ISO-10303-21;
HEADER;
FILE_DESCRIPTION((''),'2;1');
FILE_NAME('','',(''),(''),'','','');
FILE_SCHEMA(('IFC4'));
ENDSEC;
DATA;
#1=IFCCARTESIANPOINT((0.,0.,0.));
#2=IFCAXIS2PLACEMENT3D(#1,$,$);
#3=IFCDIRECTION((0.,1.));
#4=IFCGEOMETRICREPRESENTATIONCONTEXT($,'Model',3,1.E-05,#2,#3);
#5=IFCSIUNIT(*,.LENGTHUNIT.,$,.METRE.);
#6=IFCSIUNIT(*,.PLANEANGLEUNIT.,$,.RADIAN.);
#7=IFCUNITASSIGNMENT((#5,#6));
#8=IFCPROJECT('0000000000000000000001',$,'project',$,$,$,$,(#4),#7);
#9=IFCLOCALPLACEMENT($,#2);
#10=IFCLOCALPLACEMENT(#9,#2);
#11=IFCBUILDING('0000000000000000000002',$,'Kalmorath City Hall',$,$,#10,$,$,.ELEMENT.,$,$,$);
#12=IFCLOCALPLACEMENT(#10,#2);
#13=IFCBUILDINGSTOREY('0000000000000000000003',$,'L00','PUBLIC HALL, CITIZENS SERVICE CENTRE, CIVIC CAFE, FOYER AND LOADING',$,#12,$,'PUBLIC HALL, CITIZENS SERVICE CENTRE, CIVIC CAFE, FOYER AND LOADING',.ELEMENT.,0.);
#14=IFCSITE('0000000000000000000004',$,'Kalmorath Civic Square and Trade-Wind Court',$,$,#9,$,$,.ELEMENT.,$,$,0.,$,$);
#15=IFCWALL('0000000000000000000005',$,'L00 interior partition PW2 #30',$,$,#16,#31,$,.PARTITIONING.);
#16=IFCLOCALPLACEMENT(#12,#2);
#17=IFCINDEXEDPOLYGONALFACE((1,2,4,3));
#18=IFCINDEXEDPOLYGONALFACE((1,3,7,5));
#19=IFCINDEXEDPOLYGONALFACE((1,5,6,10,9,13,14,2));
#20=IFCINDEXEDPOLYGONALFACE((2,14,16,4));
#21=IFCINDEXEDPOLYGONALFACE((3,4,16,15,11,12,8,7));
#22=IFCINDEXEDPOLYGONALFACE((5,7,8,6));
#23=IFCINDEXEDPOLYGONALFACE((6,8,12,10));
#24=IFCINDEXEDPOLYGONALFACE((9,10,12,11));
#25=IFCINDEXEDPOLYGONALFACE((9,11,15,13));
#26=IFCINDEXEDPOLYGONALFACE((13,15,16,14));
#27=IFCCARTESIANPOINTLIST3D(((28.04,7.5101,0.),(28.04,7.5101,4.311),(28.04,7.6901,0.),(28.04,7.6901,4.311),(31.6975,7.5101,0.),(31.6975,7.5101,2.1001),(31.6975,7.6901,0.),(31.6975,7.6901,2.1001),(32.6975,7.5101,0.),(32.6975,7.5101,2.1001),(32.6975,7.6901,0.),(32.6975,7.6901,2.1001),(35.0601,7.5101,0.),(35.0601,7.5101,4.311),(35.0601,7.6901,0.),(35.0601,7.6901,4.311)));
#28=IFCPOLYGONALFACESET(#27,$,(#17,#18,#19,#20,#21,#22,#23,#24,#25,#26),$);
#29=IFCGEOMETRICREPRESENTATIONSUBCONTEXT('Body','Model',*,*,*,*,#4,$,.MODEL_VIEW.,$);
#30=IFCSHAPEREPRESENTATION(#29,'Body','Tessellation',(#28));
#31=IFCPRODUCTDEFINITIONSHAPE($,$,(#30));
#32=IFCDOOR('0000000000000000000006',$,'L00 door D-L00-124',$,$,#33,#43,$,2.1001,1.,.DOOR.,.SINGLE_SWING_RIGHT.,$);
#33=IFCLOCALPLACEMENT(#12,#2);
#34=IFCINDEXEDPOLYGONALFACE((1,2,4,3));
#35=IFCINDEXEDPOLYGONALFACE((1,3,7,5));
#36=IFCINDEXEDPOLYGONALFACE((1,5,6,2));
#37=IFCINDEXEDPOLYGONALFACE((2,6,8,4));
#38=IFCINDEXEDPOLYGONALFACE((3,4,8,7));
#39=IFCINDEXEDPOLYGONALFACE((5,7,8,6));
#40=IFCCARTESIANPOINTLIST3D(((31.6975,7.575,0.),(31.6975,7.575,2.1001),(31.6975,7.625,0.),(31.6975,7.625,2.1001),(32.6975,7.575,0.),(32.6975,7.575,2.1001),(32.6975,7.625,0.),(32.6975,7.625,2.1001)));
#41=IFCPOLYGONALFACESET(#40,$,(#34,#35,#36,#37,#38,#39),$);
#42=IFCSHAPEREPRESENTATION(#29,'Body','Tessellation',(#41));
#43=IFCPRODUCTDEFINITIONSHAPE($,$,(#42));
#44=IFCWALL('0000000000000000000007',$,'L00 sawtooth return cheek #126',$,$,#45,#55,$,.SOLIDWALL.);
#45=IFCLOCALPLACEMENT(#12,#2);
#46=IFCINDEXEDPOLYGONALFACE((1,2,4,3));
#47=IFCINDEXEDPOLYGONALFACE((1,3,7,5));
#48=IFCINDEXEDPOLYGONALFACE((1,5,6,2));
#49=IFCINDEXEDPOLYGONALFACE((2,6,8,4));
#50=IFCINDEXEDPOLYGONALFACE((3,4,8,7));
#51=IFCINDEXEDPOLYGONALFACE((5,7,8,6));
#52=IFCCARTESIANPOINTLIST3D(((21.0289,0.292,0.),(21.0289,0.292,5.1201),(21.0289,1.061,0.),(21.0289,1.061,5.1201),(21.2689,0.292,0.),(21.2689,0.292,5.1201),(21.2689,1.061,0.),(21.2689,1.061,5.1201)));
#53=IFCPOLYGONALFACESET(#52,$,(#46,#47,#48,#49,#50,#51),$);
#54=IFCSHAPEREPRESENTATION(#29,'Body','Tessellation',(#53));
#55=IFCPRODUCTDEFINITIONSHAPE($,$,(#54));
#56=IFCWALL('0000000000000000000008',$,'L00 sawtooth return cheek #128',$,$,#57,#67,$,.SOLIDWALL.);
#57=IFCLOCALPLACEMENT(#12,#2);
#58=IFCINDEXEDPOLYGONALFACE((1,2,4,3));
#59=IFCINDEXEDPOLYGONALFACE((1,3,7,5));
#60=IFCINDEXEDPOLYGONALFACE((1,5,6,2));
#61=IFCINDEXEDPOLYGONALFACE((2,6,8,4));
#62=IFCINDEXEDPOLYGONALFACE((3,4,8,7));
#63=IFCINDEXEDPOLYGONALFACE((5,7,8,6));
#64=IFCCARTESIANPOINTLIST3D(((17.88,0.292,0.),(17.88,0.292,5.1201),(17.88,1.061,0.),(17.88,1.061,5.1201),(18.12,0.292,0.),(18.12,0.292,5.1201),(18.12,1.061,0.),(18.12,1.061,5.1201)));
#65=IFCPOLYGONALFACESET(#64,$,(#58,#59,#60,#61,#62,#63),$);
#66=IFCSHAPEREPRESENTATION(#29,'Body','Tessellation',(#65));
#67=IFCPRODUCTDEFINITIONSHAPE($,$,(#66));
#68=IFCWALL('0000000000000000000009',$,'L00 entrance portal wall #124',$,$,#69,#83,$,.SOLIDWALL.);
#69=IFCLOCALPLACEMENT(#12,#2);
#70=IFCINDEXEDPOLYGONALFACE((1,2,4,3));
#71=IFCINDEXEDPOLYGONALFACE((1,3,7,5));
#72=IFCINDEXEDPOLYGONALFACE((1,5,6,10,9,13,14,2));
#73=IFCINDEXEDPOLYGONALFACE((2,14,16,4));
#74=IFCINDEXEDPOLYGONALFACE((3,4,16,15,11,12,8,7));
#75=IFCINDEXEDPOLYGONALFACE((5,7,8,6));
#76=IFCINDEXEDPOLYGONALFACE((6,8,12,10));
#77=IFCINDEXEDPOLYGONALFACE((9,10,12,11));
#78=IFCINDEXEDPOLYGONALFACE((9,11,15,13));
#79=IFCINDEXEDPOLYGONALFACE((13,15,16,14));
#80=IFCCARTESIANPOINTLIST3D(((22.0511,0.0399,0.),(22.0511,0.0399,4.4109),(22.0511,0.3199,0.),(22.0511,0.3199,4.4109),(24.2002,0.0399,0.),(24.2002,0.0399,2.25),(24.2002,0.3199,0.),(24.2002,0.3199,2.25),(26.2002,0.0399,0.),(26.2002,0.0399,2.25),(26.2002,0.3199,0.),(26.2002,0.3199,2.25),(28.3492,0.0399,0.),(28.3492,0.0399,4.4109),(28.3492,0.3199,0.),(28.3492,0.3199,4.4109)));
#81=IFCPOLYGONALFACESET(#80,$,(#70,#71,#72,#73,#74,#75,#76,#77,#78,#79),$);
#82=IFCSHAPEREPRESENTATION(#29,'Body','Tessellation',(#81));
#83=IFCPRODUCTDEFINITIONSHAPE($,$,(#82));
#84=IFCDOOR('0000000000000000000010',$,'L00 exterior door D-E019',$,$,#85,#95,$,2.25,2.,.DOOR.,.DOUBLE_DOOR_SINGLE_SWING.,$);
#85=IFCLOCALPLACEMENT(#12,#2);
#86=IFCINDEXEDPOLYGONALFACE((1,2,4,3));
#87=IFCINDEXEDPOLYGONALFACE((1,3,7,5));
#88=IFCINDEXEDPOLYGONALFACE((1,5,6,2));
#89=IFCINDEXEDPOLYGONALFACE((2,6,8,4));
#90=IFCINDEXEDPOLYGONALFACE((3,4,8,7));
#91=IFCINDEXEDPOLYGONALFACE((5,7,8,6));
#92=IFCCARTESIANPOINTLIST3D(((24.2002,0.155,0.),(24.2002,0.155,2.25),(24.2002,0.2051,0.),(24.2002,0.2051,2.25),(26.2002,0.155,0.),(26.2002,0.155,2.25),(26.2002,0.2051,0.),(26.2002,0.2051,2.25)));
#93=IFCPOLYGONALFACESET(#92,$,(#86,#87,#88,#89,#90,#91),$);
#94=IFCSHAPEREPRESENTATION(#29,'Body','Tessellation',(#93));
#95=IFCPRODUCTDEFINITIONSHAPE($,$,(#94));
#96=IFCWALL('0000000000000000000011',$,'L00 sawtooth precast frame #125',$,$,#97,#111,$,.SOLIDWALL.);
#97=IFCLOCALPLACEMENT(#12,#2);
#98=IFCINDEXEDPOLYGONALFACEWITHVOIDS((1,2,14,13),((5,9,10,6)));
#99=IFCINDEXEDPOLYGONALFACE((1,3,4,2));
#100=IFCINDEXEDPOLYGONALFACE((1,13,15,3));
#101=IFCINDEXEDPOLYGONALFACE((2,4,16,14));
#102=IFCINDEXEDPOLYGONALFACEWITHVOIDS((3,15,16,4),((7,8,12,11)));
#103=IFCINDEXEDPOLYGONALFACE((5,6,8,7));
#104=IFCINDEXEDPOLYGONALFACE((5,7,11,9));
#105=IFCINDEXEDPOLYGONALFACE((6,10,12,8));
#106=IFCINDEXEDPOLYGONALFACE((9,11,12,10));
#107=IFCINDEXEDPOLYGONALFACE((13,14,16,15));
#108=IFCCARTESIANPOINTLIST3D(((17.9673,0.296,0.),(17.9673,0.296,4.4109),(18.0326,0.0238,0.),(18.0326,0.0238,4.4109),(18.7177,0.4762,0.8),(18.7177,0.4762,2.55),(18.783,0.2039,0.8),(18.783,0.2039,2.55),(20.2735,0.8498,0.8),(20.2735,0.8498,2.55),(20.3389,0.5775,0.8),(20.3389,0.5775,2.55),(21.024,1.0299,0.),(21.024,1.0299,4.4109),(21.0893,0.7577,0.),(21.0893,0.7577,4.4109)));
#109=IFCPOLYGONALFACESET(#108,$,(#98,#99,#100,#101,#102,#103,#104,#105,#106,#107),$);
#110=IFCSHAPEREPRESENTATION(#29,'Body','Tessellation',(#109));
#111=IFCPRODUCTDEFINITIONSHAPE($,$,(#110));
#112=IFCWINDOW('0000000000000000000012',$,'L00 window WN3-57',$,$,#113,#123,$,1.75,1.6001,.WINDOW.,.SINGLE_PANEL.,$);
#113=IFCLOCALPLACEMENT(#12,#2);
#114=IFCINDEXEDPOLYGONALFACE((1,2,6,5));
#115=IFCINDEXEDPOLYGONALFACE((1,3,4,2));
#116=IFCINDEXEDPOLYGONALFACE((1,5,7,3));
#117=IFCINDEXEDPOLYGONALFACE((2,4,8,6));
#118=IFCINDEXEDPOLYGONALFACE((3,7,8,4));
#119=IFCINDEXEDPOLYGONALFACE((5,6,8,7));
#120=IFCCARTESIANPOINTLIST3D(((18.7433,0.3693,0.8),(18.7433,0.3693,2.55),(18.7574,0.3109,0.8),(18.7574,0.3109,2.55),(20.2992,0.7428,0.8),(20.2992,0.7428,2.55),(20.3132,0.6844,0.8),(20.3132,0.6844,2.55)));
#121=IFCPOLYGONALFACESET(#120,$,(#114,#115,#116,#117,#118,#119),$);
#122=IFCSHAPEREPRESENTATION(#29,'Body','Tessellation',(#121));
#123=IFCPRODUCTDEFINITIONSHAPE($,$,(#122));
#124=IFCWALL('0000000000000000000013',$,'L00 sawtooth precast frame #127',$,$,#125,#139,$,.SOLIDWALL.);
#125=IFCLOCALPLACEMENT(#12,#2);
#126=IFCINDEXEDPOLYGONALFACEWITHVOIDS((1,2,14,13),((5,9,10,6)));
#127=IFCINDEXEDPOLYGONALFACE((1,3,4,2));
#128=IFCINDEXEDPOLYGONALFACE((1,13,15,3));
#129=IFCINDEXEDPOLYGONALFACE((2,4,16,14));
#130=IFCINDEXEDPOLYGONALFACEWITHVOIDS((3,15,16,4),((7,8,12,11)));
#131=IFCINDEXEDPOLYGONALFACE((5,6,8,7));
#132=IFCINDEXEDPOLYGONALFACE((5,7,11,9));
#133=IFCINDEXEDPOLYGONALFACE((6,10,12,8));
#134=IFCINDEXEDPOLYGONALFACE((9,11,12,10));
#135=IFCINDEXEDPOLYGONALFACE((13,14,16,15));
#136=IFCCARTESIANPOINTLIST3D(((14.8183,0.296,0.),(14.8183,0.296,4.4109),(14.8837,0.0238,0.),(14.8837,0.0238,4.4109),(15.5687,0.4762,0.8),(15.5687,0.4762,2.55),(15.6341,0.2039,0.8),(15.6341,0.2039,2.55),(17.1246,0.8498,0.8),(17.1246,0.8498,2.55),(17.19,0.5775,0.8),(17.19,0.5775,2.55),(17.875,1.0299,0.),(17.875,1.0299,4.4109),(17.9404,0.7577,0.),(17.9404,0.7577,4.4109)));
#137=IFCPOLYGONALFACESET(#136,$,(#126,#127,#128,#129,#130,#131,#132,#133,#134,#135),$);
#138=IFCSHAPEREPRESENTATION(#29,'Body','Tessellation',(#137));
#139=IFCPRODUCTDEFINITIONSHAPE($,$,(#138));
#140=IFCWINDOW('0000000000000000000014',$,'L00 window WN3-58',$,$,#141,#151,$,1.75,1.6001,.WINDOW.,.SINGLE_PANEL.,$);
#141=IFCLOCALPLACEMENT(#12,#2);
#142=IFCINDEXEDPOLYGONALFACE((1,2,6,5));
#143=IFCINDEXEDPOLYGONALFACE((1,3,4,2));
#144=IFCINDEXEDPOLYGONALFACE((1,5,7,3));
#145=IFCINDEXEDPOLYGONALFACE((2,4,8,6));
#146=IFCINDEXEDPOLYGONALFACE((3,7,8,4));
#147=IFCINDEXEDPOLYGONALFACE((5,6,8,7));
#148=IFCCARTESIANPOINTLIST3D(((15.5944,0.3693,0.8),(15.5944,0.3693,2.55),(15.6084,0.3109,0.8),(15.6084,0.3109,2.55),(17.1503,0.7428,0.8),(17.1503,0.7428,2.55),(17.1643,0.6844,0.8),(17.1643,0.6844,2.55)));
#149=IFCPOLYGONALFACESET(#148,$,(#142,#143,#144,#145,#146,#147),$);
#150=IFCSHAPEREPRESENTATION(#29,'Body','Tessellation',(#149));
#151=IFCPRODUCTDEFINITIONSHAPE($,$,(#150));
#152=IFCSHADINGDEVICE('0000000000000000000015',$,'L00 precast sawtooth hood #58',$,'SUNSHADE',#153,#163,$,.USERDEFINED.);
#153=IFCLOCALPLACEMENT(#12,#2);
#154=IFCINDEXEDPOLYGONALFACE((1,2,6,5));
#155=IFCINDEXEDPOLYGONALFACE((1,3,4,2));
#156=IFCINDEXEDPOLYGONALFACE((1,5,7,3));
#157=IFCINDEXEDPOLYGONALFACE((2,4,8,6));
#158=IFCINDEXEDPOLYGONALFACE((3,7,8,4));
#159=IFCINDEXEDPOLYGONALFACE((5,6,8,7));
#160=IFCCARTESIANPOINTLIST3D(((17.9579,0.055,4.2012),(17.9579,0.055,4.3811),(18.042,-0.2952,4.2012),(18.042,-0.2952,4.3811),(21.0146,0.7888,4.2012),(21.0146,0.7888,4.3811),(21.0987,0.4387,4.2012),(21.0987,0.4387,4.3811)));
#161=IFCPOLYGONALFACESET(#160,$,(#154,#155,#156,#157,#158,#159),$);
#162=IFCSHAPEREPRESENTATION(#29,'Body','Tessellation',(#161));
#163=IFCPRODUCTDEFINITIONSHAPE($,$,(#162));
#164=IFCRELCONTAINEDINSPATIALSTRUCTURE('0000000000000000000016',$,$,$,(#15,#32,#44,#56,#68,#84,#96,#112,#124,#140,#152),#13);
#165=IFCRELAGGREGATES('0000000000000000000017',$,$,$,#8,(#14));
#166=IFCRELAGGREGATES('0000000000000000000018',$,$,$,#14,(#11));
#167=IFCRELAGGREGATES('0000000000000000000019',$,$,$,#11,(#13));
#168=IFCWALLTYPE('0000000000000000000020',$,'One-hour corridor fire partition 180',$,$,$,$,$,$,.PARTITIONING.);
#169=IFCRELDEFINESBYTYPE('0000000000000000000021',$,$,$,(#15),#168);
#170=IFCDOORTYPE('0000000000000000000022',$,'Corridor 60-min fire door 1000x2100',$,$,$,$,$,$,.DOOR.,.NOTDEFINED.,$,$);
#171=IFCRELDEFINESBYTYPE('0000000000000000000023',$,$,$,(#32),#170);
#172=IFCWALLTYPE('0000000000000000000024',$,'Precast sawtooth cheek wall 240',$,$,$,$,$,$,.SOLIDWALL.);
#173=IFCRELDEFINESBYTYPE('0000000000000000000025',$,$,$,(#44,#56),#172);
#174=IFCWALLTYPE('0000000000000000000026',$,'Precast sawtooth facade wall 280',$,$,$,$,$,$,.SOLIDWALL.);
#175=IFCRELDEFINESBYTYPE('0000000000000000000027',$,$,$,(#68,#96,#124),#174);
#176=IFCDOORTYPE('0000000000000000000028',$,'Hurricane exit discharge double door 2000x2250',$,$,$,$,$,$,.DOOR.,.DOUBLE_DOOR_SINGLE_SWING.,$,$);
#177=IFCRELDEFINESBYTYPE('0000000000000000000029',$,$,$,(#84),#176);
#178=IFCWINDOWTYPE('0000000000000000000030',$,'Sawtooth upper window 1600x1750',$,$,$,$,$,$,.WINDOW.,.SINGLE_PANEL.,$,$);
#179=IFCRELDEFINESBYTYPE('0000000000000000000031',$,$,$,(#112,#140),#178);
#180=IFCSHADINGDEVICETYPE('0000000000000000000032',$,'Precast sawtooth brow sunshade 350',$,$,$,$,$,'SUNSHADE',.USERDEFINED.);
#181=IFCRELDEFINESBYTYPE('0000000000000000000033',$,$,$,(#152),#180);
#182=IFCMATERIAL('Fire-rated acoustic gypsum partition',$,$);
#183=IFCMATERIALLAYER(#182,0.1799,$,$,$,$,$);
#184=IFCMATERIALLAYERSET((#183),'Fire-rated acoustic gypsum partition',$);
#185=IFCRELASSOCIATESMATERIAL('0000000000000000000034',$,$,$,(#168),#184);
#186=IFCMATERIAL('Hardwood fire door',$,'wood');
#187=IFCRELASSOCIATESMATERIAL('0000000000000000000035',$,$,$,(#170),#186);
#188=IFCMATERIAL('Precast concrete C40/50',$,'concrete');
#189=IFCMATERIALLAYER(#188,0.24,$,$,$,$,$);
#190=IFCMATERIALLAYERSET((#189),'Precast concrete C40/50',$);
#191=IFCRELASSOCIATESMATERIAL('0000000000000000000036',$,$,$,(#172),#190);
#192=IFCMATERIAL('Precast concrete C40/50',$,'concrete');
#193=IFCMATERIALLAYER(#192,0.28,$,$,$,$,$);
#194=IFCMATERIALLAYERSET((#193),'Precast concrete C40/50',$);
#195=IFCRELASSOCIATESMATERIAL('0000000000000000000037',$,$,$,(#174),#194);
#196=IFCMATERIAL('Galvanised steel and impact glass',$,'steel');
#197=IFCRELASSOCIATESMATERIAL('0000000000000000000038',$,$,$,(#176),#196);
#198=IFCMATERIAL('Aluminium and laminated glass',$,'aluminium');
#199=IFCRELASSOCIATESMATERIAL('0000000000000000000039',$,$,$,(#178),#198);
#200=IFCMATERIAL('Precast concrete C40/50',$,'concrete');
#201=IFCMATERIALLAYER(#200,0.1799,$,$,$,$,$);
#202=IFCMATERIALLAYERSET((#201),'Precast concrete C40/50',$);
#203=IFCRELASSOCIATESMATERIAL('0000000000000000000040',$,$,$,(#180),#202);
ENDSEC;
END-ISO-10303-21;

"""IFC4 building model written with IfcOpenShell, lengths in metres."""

from ifc_helpers import new_model, si_unit, direction, frame, frame_2d, origin, origin_2d, place, context, subcontext, project, spatial, rectangle, extrude, material, layer, layer_set, type_object, element, fill, save


model = new_model("IFC4")

# Units and contexts
model_context = context("Model", 3, precision=1e-05, world=origin(), true_north=direction((0.0, 1.0)))
body_context = subcontext(model_context, "Body", "Model", "MODEL_VIEW")
ifc_project = project(units=[si_unit("LENGTHUNIT", "METRE"), si_unit("PLANEANGLEUNIT", "RADIAN")], contexts=[model_context])

# Site, building, storey
site_placement = place(None, origin())
site = spatial("IfcSite", under=ifc_project, at=site_placement, Name="Kalmorath Civic Square and Trade-Wind Court", CompositionType="ELEMENT", RefElevation=0.0)
building_placement = place(site_placement, origin())
building = spatial("IfcBuilding", under=site, at=building_placement, Name="Kalmorath City Hall", CompositionType="ELEMENT")
storey_placement = place(building_placement, origin())
storey = spatial("IfcBuildingStorey", under=building, at=storey_placement, Name="L00", Description="PUBLIC HALL, CITIZENS SERVICE CENTRE, CIVIC CAFE, FOYER AND LOADING", LongName="PUBLIC HALL, CITIZENS SERVICE CENTRE, CIVIC CAFE, FOYER AND LOADING", CompositionType="ELEMENT", Elevation=0.0)

# Wall, opening, door
ifc_material_1 = material(Name="Fire-rated acoustic gypsum partition")
ifc_layer_1 = layer(ifc_material_1, 0.1799)
ifc_layer_set_1 = layer_set([ifc_layer_1], Name="Fire-rated acoustic gypsum partition")
wall_type_1 = type_object("IfcWallType", Name="One-hour corridor fire partition 180", PredefinedType="PARTITIONING", material=ifc_layer_set_1)
wall_1_placement = place(storey_placement, frame((28.04, 7.6001, 0.0), z_axis=(0.0, 0.0, 1.0), x_axis=(1.0, 0.0, 0.0)))
wall_1 = element("IfcWall", 1, at=wall_1_placement, inside=storey, type_object=wall_type_1, Name="L00 interior partition PW2 #30", PredefinedType="PARTITIONING", context=body_context, shape_type="SweptSolid", body=[
    extrude(rectangle(XDim=7.02, YDim=0.1799, at=frame_2d((3.51, 0.0))), origin(), (0.0, 0.0, 1.0), 4.311),
])
opening_1_placement = place(wall_1_placement, frame((3.6575, 0.0, 0.0)))
opening_1 = element("IfcOpeningElement", 2, at=opening_1_placement, cuts=wall_1, PredefinedType="OPENING", context=body_context, shape_type="SweptSolid", body=[
    extrude(rectangle(XDim=1.0, YDim=2.1001, at=frame_2d((0.5, 1.05))), frame((0.0, 0.0999, 0.0), z_axis=(0.0, -1.0, 0.0), x_axis=(1.0, 0.0, 0.0)), (0.0, 0.0, 1.0), 0.2),
])
ifc_material_2 = material(Name="Hardwood fire door", Category="wood")
door_type_1 = type_object("IfcDoorType", Name="Corridor 60-min fire door 1000x2100", OperationType="NOTDEFINED", PredefinedType="DOOR", material=ifc_material_2)
door_1_placement = place(opening_1_placement, origin())
door_1 = element("IfcDoor", 3, at=door_1_placement, inside=storey, type_object=door_type_1, Name="L00 door D-L00-124", OperationType="SINGLE_SWING_RIGHT", OverallHeight=2.1001, OverallWidth=1.0, PredefinedType="DOOR", context=body_context, shape_type="SweptSolid", body=[
    extrude(rectangle(XDim=1.0, YDim=2.1001, at=frame_2d((0.5, 1.05))), frame((0.0, 0.0249, 0.0), z_axis=(0.0, -1.0, 0.0), x_axis=(1.0, 0.0, 0.0)), (0.0, 0.0, 1.0), 0.05),
])
fill(opening_1, door_1)

# Walls
ifc_material_3 = material(Name="Precast concrete C40/50", Category="concrete")
ifc_layer_2 = layer(ifc_material_3, 0.24)
ifc_layer_set_2 = layer_set([ifc_layer_2], Name="Precast concrete C40/50")
wall_type_2 = type_object("IfcWallType", Name="Precast sawtooth cheek wall 240", PredefinedType="SOLIDWALL", material=ifc_layer_set_2)
for number, where, z_axis, x_axis, name in (
    (4, (21.1489, 1.061, 0.0), (0.0, 0.0, 1.0), (0.0, -1.0, 0.0), "L00 sawtooth return cheek #126"),
    (5, (18.0, 1.061, 0.0), (0.0, 0.0, 1.0), (0.0, -1.0, 0.0), "L00 sawtooth return cheek #128"),
):
    element("IfcWall", number, at=place(storey_placement, frame(where, z_axis=z_axis, x_axis=x_axis)), inside=storey, type_object=wall_type_2, Name=name, PredefinedType="SOLIDWALL", context=body_context, shape_type="SweptSolid", body=[
        extrude(rectangle(XDim=0.769, YDim=0.24, at=frame_2d((0.3845, 0.0))), origin(), (0.0, 0.0, 1.0), 5.1201),
    ])

# Wall, opening, door
ifc_material_4 = material(Name="Precast concrete C40/50", Category="concrete")
ifc_layer_3 = layer(ifc_material_4, 0.28)
ifc_layer_set_3 = layer_set([ifc_layer_3], Name="Precast concrete C40/50")
wall_type_3 = type_object("IfcWallType", Name="Precast sawtooth facade wall 280", PredefinedType="SOLIDWALL", material=ifc_layer_set_3)
wall_2_placement = place(storey_placement, frame((28.3491, 0.1799, 0.0), z_axis=(0.0, 0.0, 1.0), x_axis=(-1.0, 0.0, 0.0)))
wall_2 = element("IfcWall", 6, at=wall_2_placement, inside=storey, type_object=wall_type_3, Name="L00 entrance portal wall #124", PredefinedType="SOLIDWALL", context=body_context, shape_type="SweptSolid", body=[
    extrude(rectangle(XDim=6.2981, YDim=0.28, at=frame_2d((3.1489, 0.0))), origin(), (0.0, 0.0, 1.0), 4.4109),
])
opening_2_placement = place(wall_2_placement, frame((2.1489, 0.0, 0.0)))
opening_2 = element("IfcOpeningElement", 7, at=opening_2_placement, cuts=wall_2, PredefinedType="OPENING", context=body_context, shape_type="SweptSolid", body=[
    extrude(rectangle(XDim=2.0, YDim=2.25, at=frame_2d((1.0, 1.125))), frame((0.0, 0.1499, 0.0), z_axis=(0.0, -1.0, 0.0), x_axis=(1.0, 0.0, 0.0)), (0.0, 0.0, 1.0), 0.3),
])
ifc_material_5 = material(Name="Galvanised steel and impact glass", Category="steel")
door_type_2 = type_object("IfcDoorType", Name="Hurricane exit discharge double door 2000x2250", OperationType="DOUBLE_DOOR_SINGLE_SWING", PredefinedType="DOOR", material=ifc_material_5)
door_2_placement = place(opening_2_placement, origin())
door_2 = element("IfcDoor", 8, at=door_2_placement, inside=storey, type_object=door_type_2, Name="L00 exterior door D-E019", OperationType="DOUBLE_DOOR_SINGLE_SWING", OverallHeight=2.25, OverallWidth=2.0, PredefinedType="DOOR", context=body_context, shape_type="SweptSolid", body=[
    extrude(rectangle(XDim=2.0, YDim=2.25, at=frame_2d((1.0, 1.125))), frame((0.0, 0.0249, 0.0), z_axis=(0.0, -1.0, 0.0), x_axis=(1.0, 0.0, 0.0)), (0.0, 0.0, 1.0), 0.05),
])
fill(opening_2, door_2)

# Walls, openings, windows
wall_3_placement = place(storey_placement, frame((21.0566, 0.8938, 0.0), z_axis=(0.0, 0.0, 1.0), x_axis=(-0.972366, -0.233461, 0.0)))
wall_3 = element("IfcWall", 9, at=wall_3_placement, inside=storey, type_object=wall_type_3, Name="L00 sawtooth precast frame #125", PredefinedType="SOLIDWALL", context=body_context, shape_type="SweptSolid", body=[
    extrude(rectangle(XDim=3.1436, YDim=0.28, at=frame_2d((1.5718, 0.0))), origin(), (0.0, 0.0, 1.0), 4.4109),
])
opening_3_placement = place(wall_3_placement, frame((0.7717, 0.0, 0.8)))
opening_3 = element("IfcOpeningElement", 10, at=opening_3_placement, cuts=wall_3, PredefinedType="OPENING", context=body_context, shape_type="SweptSolid", body=[
    extrude(rectangle(XDim=1.6001, YDim=1.75, at=frame_2d((0.8, 0.875))), frame((0.0, 0.1499, 0.0), z_axis=(0.0, -1.0, 0.0), x_axis=(1.0, 0.0, 0.0)), (0.0, 0.0, 1.0), 0.3),
])
ifc_material_6 = material(Name="Aluminium and laminated glass", Category="aluminium")
window_type = type_object("IfcWindowType", Name="Sawtooth upper window 1600x1750", PartitioningType="SINGLE_PANEL", PredefinedType="WINDOW", material=ifc_material_6)
window_1_placement = place(opening_3_placement, origin())
window_1 = element("IfcWindow", 11, at=window_1_placement, inside=storey, type_object=window_type, Name="L00 window WN3-57", OverallHeight=1.75, OverallWidth=1.6001, PartitioningType="SINGLE_PANEL", PredefinedType="WINDOW", context=body_context, shape_type="SweptSolid", body=[
    extrude(rectangle(XDim=1.6001, YDim=1.75, at=frame_2d((0.8, 0.875))), frame((0.0, 0.03, 0.0), z_axis=(0.0, -1.0, 0.0), x_axis=(1.0, 0.0, 0.0)), (0.0, 0.0, 1.0), 0.0601),
])
fill(opening_3, window_1)
wall_4_placement = place(storey_placement, frame((17.9077, 0.8938, 0.0), z_axis=(0.0, 0.0, 1.0), x_axis=(-0.972366, -0.233461, 0.0)))
wall_4 = element("IfcWall", 12, at=wall_4_placement, inside=storey, type_object=wall_type_3, Name="L00 sawtooth precast frame #127", PredefinedType="SOLIDWALL", context=body_context, shape_type="SweptSolid", body=[
    extrude(rectangle(XDim=3.1436, YDim=0.28, at=frame_2d((1.5718, 0.0))), origin(), (0.0, 0.0, 1.0), 4.4109),
])
opening_4_placement = place(wall_4_placement, frame((0.7717, 0.0, 0.8)))
opening_4 = element("IfcOpeningElement", 13, at=opening_4_placement, cuts=wall_4, PredefinedType="OPENING", context=body_context, shape_type="SweptSolid", body=[
    extrude(rectangle(XDim=1.6001, YDim=1.75, at=frame_2d((0.8, 0.875))), frame((0.0, 0.1499, 0.0), z_axis=(0.0, -1.0, 0.0), x_axis=(1.0, 0.0, 0.0)), (0.0, 0.0, 1.0), 0.3),
])
window_2_placement = place(opening_4_placement, origin())
window_2 = element("IfcWindow", 14, at=window_2_placement, inside=storey, type_object=window_type, Name="L00 window WN3-58", OverallHeight=1.75, OverallWidth=1.6001, PartitioningType="SINGLE_PANEL", PredefinedType="WINDOW", context=body_context, shape_type="SweptSolid", body=[
    extrude(rectangle(XDim=1.6001, YDim=1.75, at=frame_2d((0.8, 0.875))), frame((0.0, 0.03, 0.0), z_axis=(0.0, -1.0, 0.0), x_axis=(1.0, 0.0, 0.0)), (0.0, 0.0, 1.0), 0.0601),
])
fill(opening_4, window_2)

# Shading device
ifc_material_7 = material(Name="Precast concrete C40/50", Category="concrete")
ifc_layer_4 = layer(ifc_material_7, 0.1799)
ifc_layer_set_4 = layer_set([ifc_layer_4], Name="Precast concrete C40/50")
shading_device_type = type_object("IfcShadingDeviceType", Name="Precast sawtooth brow sunshade 350", ElementType="SUNSHADE", PredefinedType="USERDEFINED", material=ifc_layer_set_4)
for number, where, z_axis, x_axis, name in (
    (15, (19.5283, 0.2468, 4.2012), (0.0, 0.0, 1.0), (-0.97237, -0.233445, 0.0), "L00 precast sawtooth hood #58"),
):
    element("IfcShadingDevice", number, at=place(storey_placement, frame(where, z_axis=z_axis, x_axis=x_axis)), inside=storey, type_object=shading_device_type, Name=name, ObjectType="SUNSHADE", PredefinedType="USERDEFINED", context=body_context, shape_type="SweptSolid", body=[
        extrude(rectangle(XDim=3.1436, YDim=0.3601, at=origin_2d()), origin(), (0.0, 0.0, 1.0), 0.1799),
    ])

save(model, "model.ifc")
